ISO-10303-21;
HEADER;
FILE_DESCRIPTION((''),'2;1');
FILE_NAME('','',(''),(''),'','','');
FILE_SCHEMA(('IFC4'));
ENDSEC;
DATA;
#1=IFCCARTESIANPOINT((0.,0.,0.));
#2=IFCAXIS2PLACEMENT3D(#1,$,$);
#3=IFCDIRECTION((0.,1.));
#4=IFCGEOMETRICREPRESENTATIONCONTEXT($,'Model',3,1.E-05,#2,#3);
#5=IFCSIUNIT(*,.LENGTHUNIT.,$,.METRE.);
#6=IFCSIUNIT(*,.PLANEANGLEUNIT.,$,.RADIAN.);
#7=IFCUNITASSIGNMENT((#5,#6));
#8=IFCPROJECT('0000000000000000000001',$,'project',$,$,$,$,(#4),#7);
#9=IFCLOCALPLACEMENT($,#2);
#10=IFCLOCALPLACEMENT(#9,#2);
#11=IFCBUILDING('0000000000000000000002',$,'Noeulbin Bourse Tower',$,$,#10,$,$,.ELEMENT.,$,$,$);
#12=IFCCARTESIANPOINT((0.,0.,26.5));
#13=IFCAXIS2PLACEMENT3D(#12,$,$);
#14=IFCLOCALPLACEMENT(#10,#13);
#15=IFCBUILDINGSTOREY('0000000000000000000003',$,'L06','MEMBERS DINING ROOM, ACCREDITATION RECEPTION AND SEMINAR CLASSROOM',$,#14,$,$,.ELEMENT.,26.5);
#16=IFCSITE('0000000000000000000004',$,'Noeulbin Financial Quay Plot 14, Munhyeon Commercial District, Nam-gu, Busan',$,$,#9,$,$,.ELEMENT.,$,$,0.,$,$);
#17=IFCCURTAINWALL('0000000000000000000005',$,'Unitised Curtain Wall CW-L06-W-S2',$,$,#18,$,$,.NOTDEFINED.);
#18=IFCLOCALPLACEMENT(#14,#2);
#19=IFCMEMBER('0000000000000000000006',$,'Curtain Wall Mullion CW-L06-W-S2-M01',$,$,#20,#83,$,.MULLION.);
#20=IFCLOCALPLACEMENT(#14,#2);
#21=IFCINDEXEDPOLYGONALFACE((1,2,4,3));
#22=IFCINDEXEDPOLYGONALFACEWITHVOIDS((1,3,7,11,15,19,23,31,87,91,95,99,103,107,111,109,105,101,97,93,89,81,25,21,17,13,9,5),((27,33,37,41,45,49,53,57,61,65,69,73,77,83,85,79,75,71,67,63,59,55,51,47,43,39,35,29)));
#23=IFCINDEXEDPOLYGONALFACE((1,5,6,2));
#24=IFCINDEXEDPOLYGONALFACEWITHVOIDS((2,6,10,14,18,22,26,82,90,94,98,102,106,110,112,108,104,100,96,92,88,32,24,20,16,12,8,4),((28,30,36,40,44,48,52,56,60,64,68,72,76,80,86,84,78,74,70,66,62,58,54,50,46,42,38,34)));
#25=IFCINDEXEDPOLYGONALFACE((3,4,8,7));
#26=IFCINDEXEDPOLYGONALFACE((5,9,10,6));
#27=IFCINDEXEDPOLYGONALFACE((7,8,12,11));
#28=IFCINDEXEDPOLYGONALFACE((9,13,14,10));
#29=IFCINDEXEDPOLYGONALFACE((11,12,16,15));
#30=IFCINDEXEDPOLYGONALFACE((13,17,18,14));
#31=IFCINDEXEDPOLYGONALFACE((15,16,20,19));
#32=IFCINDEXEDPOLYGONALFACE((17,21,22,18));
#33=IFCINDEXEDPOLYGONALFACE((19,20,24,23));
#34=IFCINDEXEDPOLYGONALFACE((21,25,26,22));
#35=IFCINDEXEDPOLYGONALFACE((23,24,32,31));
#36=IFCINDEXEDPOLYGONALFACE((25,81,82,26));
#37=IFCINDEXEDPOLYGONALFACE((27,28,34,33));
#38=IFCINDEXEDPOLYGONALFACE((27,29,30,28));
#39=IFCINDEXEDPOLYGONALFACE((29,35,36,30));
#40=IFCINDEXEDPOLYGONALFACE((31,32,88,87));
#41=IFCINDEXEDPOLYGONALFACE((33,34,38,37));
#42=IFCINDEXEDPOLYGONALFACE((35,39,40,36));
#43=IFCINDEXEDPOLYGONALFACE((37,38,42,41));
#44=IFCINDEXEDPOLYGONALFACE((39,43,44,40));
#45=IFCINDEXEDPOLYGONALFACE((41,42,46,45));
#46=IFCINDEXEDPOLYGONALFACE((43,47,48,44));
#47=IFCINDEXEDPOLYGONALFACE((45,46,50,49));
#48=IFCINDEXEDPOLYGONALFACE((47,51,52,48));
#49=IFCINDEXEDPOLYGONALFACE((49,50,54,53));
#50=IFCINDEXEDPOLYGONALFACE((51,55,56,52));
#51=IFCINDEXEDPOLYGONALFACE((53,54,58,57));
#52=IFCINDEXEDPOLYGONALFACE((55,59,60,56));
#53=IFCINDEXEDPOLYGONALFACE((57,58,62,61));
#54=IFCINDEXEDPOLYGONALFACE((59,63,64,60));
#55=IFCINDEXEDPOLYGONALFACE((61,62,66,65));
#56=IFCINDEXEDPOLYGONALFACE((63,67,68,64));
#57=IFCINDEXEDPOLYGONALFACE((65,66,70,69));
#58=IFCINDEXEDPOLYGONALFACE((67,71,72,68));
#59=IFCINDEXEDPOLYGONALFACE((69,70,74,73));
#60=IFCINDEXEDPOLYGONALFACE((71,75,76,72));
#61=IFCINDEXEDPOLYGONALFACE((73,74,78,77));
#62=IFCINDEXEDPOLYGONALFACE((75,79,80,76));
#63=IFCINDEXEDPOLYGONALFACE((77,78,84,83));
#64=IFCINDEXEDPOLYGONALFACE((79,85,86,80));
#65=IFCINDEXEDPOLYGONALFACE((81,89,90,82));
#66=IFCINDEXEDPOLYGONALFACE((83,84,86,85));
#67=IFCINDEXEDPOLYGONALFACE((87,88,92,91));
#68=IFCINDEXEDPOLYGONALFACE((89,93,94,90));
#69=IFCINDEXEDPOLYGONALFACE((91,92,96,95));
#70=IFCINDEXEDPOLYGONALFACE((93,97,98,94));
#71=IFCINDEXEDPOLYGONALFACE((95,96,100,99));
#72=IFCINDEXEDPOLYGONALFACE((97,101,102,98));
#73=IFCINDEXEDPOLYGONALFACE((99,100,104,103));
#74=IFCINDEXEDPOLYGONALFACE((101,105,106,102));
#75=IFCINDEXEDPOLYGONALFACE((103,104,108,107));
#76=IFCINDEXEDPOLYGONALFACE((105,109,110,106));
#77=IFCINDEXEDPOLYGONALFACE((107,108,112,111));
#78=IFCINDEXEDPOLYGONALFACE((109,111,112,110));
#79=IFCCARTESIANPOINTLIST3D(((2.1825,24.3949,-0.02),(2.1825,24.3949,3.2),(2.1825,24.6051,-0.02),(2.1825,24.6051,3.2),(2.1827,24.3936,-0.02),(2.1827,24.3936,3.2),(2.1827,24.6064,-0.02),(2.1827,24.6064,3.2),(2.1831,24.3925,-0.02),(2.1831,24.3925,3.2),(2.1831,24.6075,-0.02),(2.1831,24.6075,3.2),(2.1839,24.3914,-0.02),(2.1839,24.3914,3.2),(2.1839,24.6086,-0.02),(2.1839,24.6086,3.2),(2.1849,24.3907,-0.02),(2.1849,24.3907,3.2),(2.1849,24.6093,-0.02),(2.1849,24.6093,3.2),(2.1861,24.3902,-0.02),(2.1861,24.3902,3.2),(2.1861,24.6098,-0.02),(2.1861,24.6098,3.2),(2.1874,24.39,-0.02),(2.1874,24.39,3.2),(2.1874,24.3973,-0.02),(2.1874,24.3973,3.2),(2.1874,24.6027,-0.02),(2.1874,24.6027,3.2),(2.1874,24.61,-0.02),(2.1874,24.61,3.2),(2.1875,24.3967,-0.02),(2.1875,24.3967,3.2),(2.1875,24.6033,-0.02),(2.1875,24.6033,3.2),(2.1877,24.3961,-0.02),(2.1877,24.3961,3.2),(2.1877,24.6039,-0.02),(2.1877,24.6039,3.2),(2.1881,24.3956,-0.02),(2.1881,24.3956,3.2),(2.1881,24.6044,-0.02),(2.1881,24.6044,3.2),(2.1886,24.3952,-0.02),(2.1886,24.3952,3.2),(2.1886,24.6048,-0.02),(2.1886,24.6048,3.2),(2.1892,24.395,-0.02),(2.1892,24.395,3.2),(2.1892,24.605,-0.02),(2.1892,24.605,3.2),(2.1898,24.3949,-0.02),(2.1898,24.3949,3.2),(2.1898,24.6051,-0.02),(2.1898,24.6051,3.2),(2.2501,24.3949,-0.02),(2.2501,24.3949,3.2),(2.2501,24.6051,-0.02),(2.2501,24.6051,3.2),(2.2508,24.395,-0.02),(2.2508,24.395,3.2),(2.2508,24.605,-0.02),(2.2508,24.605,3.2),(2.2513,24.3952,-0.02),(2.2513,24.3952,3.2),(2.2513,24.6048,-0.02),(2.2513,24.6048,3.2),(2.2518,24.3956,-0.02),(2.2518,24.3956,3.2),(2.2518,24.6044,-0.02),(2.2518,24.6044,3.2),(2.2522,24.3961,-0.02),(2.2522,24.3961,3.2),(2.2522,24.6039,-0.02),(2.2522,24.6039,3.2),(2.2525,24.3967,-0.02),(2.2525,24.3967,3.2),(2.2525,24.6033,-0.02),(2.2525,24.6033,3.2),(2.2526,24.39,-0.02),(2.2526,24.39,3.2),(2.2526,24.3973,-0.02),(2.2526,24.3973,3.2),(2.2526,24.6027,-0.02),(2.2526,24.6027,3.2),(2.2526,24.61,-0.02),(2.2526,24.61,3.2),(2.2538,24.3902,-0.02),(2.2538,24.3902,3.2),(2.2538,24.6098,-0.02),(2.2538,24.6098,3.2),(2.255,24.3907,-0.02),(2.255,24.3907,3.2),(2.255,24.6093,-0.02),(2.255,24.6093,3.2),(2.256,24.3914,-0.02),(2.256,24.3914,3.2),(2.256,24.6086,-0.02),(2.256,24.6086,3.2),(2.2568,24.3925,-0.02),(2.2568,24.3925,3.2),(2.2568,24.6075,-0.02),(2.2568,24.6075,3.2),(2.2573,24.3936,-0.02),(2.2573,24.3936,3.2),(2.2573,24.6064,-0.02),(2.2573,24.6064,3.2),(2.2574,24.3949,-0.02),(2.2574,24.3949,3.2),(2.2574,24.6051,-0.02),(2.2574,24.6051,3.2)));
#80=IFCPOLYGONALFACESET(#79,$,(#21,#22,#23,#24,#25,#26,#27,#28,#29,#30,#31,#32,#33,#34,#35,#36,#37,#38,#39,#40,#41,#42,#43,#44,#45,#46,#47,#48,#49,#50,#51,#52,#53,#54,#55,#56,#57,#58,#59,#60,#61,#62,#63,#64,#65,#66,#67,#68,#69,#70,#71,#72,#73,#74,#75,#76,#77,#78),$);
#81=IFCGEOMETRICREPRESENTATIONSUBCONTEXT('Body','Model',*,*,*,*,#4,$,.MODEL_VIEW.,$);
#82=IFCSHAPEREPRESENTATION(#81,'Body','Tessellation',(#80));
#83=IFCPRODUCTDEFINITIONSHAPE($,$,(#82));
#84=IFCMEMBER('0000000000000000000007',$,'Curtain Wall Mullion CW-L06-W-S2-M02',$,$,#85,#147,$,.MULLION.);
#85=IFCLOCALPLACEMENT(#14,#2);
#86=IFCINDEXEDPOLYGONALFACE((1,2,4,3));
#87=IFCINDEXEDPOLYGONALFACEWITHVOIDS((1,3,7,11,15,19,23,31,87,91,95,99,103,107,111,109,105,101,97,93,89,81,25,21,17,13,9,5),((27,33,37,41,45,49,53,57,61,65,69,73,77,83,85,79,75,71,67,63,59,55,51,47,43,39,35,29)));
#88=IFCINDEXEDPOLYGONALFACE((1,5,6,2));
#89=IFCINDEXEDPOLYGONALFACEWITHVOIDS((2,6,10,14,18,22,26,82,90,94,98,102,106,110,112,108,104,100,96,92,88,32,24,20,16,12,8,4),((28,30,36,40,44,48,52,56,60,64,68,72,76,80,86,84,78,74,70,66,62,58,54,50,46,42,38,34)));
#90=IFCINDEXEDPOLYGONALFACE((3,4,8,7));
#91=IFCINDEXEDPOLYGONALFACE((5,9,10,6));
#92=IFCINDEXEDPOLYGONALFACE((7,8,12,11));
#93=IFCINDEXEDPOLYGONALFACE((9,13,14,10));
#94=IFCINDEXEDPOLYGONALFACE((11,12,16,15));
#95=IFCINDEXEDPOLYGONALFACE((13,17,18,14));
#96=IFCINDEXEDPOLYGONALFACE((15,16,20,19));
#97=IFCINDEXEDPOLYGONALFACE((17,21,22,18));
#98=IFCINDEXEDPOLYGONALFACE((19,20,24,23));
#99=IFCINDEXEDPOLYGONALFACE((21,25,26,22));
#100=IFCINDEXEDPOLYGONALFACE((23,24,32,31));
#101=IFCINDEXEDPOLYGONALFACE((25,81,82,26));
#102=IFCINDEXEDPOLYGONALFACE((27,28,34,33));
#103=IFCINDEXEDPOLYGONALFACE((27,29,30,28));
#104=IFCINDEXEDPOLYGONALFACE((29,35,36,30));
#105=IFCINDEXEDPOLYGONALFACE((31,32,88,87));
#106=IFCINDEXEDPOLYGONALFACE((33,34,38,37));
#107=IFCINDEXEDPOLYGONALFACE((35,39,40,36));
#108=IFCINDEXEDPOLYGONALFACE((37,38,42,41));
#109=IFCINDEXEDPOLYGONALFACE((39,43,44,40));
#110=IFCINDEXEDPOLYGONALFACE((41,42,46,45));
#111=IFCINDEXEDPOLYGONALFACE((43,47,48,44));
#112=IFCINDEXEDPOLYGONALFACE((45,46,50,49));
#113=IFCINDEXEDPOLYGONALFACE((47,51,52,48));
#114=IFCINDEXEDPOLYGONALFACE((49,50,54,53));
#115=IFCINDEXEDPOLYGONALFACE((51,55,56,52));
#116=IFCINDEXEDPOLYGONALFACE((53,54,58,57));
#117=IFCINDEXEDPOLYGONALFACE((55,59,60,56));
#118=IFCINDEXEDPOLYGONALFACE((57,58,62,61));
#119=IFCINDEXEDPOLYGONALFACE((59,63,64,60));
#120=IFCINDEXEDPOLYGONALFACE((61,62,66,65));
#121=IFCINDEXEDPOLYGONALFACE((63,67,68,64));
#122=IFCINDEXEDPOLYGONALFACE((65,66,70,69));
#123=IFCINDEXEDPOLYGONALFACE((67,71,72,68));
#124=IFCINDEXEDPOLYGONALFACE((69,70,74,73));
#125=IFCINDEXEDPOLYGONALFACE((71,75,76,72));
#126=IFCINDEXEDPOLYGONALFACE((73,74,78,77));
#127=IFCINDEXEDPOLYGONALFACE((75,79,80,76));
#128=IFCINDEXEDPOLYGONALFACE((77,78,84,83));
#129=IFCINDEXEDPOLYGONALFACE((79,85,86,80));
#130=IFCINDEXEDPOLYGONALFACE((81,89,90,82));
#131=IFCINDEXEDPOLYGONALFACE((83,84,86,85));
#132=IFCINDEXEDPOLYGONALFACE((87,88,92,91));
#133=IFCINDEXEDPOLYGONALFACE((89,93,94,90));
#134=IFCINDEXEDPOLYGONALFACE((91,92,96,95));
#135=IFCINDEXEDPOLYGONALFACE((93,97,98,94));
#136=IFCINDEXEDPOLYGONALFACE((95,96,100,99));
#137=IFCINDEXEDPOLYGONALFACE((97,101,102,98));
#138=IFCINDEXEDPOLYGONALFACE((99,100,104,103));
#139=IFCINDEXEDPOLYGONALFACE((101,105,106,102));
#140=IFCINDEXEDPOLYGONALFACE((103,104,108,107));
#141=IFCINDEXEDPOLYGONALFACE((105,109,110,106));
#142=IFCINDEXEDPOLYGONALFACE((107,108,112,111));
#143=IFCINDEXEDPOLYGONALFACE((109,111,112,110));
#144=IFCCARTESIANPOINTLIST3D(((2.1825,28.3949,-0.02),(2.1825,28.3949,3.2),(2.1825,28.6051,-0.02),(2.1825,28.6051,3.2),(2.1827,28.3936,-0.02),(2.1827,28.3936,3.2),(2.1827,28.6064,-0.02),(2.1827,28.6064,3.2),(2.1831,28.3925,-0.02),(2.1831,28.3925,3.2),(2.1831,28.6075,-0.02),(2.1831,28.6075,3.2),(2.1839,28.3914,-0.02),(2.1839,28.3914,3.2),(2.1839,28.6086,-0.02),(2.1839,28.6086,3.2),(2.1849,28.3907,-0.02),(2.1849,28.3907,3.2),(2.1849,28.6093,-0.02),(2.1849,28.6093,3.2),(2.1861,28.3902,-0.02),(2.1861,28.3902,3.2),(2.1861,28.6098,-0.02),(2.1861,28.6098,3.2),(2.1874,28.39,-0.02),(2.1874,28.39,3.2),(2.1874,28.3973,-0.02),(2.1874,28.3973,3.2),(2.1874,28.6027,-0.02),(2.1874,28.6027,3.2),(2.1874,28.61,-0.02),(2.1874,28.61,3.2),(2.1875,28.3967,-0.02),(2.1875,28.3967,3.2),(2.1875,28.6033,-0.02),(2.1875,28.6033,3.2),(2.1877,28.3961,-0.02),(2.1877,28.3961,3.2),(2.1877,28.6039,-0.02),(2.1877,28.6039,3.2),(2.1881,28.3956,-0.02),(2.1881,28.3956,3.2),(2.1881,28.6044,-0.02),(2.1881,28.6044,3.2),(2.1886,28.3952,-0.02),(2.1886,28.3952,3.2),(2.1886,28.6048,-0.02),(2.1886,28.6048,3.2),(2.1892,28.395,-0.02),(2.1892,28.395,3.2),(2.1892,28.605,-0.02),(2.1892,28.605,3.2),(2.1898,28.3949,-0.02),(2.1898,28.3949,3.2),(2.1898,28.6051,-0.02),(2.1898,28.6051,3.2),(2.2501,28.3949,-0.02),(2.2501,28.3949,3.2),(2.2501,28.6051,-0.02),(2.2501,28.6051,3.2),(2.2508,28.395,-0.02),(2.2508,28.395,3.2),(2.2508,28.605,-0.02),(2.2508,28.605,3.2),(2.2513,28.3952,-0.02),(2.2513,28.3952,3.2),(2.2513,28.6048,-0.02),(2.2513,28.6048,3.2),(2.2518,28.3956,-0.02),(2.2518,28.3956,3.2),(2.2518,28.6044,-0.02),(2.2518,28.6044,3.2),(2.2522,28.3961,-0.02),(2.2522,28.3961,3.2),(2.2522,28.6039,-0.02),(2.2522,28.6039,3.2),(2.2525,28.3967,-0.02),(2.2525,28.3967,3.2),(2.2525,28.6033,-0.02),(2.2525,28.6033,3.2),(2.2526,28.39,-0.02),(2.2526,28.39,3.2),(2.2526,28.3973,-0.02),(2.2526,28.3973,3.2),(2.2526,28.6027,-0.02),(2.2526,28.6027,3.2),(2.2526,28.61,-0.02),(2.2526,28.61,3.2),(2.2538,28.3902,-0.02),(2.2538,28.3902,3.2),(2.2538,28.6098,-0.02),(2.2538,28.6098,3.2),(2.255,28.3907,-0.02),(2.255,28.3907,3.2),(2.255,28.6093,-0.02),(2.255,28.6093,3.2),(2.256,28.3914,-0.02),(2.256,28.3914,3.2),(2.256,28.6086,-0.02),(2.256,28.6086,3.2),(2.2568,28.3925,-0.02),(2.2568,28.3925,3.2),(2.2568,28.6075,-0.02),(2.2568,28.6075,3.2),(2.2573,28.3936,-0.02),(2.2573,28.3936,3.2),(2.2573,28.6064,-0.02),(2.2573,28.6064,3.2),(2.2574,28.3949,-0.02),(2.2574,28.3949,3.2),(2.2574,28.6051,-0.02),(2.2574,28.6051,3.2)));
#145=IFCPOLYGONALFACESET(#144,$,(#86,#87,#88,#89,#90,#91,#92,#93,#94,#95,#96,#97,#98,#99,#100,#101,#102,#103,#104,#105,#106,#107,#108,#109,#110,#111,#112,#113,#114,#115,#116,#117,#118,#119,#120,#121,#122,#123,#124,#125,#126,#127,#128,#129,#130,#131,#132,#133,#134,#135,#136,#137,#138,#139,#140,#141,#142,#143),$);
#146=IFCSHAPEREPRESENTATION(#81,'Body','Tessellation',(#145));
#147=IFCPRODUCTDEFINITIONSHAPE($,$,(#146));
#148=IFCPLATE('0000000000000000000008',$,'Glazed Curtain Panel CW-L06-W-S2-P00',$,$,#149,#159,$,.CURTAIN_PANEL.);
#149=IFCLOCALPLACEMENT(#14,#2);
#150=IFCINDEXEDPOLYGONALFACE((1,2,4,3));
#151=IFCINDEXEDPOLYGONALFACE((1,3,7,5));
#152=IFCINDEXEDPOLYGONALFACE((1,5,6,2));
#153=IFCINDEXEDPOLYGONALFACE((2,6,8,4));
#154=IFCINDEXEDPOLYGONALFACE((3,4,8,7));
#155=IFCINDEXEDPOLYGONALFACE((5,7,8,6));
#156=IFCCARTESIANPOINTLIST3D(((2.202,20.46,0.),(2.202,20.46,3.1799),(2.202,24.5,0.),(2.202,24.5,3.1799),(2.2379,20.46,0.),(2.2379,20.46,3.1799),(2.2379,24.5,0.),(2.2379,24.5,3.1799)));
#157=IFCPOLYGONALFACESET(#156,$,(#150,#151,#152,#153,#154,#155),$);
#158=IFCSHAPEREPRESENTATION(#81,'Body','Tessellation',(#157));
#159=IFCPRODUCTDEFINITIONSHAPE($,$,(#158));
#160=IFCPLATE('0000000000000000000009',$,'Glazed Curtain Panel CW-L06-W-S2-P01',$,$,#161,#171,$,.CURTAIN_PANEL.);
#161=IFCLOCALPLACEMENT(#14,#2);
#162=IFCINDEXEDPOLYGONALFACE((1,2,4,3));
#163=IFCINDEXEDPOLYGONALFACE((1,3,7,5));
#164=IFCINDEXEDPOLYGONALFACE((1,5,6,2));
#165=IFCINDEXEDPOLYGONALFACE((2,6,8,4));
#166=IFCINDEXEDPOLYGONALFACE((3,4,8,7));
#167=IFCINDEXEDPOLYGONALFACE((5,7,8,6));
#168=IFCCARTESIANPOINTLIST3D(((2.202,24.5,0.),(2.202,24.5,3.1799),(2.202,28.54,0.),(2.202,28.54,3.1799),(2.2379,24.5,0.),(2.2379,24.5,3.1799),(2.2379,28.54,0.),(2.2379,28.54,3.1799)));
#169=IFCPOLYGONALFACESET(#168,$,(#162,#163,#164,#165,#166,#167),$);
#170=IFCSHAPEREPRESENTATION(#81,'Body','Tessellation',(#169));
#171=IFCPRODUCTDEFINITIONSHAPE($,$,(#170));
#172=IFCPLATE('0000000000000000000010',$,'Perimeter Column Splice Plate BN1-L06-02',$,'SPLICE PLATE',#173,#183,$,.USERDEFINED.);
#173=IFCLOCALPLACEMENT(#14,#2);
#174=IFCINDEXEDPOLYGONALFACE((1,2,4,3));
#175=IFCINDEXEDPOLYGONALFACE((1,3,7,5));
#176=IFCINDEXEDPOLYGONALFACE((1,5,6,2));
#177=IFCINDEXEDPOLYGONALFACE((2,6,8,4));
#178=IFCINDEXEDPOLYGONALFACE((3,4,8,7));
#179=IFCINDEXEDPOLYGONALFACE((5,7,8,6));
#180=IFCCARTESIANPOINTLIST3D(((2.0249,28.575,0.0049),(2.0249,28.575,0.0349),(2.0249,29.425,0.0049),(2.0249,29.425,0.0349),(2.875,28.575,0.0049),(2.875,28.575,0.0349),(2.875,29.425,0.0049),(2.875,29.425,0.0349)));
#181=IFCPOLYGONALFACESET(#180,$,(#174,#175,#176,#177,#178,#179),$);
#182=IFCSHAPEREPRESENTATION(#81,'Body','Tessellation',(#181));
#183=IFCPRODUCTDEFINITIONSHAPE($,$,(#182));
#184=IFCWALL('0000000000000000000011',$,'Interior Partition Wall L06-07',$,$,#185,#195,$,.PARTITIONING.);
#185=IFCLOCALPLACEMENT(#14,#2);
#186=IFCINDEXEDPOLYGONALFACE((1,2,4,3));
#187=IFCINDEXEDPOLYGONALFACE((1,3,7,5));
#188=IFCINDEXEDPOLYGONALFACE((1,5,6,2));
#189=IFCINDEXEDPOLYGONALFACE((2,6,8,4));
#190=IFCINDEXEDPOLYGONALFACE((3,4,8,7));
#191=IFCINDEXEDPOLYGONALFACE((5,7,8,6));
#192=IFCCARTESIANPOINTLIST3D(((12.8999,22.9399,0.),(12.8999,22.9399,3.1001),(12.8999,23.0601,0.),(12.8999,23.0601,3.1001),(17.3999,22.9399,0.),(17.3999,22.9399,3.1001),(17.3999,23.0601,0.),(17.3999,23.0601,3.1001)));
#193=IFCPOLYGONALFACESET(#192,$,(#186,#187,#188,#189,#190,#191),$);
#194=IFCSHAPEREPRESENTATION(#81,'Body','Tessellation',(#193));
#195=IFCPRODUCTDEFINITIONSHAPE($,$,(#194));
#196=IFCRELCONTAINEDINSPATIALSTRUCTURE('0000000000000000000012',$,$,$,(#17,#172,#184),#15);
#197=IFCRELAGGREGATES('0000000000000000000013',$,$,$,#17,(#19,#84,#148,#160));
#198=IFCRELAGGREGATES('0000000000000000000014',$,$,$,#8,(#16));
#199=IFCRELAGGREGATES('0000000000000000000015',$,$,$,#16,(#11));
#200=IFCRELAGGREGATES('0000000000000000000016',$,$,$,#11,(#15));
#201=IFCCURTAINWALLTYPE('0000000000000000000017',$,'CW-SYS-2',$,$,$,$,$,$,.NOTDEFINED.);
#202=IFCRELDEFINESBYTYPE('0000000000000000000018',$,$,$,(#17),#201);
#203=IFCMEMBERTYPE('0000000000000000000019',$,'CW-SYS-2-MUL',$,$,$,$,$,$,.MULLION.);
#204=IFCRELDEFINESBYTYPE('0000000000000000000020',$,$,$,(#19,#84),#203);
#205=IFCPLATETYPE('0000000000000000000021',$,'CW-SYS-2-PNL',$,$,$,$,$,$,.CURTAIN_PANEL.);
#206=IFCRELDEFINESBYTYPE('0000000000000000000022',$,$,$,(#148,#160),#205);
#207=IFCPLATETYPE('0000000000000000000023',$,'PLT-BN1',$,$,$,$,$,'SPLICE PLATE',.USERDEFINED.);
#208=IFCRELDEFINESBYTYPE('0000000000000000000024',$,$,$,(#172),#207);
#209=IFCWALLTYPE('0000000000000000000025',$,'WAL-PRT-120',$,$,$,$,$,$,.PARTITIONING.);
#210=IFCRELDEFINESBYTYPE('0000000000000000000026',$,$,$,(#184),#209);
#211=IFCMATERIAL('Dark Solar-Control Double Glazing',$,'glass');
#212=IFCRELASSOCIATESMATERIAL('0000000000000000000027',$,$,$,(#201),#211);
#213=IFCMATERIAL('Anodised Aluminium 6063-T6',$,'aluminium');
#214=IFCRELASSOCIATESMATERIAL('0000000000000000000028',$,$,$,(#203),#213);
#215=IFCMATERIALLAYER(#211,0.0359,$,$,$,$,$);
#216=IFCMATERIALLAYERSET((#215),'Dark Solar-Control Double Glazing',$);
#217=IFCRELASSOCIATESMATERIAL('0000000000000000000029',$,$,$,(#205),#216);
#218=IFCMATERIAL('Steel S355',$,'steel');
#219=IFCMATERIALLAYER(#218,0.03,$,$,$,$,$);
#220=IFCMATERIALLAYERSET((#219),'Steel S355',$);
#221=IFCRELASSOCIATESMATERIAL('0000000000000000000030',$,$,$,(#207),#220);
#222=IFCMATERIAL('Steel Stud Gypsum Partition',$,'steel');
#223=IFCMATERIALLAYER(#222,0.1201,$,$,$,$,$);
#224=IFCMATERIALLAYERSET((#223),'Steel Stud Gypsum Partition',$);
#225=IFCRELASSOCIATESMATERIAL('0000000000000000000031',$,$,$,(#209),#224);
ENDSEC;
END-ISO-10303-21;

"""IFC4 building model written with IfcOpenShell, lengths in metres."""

from ifc_helpers import new_model, si_unit, direction, frame, frame_2d, origin, origin_2d, place, context, subcontext, project, spatial, rectangle, hollow_rectangle, extrude, material, layer, layer_set, material_profile, profile_set, type_object, element, aggregate, save


model = new_model("IFC4")

# Units and contexts
model_context = context("Model", 3, precision=1e-05, world=origin(), true_north=direction((0.0, 1.0)))
body_context = subcontext(model_context, "Body", "Model", "MODEL_VIEW")
ifc_project = project(units=[si_unit("LENGTHUNIT", "METRE"), si_unit("PLANEANGLEUNIT", "RADIAN")], contexts=[model_context])

# Site, building, storey
site_placement = place(None, origin())
site = spatial("IfcSite", under=ifc_project, at=site_placement, Name="Noeulbin Financial Quay Plot 14, Munhyeon Commercial District, Nam-gu, Busan", CompositionType="ELEMENT", RefElevation=0.0)
building_placement = place(site_placement, origin())
building = spatial("IfcBuilding", under=site, at=building_placement, Name="Noeulbin Bourse Tower", CompositionType="ELEMENT")
storey_placement = place(building_placement, frame((0.0, 0.0, 26.5)))
storey = spatial("IfcBuildingStorey", under=building, at=storey_placement, Name="L06", Description="MEMBERS DINING ROOM, ACCREDITATION RECEPTION AND SEMINAR CLASSROOM", CompositionType="ELEMENT", Elevation=26.5)

# Shared definitions
ifc_material_1 = material(Name="Steel S355", Category="steel")

# Curtain wall, members, plates
ifc_material_2 = material(Name="Dark Solar-Control Double Glazing", Category="glass")
curtain_wall_type = type_object("IfcCurtainWallType", Name="CW-SYS-2", PredefinedType="NOTDEFINED", material=ifc_material_2)
curtain_wall_placement = place(storey_placement, origin())
curtain_wall = element("IfcCurtainWall", 1, at=curtain_wall_placement, inside=storey, type_object=curtain_wall_type, Name="Unitised Curtain Wall CW-L06-W-S2", PredefinedType="NOTDEFINED")
ifc_material_3 = material(Name="Anodised Aluminium 6063-T6", Category="aluminium")
ifc_material_profile_1 = material_profile(ifc_material_3, hollow_rectangle(XDim=0.075, YDim=0.22, WallThickness=0.0049, InnerFilletRadius=0.0024, OuterFilletRadius=0.0049, at=origin_2d()), Name="ALU-MULL-75x220x5", Category="LoadBearing")
ifc_profile_set_1 = profile_set([ifc_material_profile_1], Name="Anodised Aluminium 6063-T6")
member_type = type_object("IfcMemberType", Name="CW-SYS-2-MUL", PredefinedType="MULLION", material=ifc_profile_set_1)
member_1_placement = place(storey_placement, frame((2.22, 24.5, -0.02), z_axis=(0.0, 0.0, 1.0), x_axis=(1.0, 0.0, 0.0)))
member_1 = element("IfcMember", 2, at=member_1_placement, type_object=member_type, Name="Curtain Wall Mullion CW-L06-W-S2-M01", PredefinedType="MULLION", context=body_context, shape_type="SweptSolid", body=[
    extrude(hollow_rectangle(XDim=0.075, YDim=0.22, WallThickness=0.0049, InnerFilletRadius=0.0024, OuterFilletRadius=0.0049, at=origin_2d()), origin(), (0.0, 0.0, 1.0), 3.22),
])
member_2_placement = place(storey_placement, frame((2.22, 28.5, -0.02), z_axis=(0.0, 0.0, 1.0), x_axis=(1.0, 0.0, 0.0)))
member_2 = element("IfcMember", 3, at=member_2_placement, type_object=member_type, Name="Curtain Wall Mullion CW-L06-W-S2-M02", PredefinedType="MULLION", context=body_context, shape_type="SweptSolid", body=[
    extrude(hollow_rectangle(XDim=0.075, YDim=0.22, WallThickness=0.0049, InnerFilletRadius=0.0024, OuterFilletRadius=0.0049, at=origin_2d()), origin(), (0.0, 0.0, 1.0), 3.22),
])
ifc_layer_1 = layer(ifc_material_2, 0.0359)
ifc_layer_set_1 = layer_set([ifc_layer_1], Name="Dark Solar-Control Double Glazing")
plate_type_1 = type_object("IfcPlateType", Name="CW-SYS-2-PNL", PredefinedType="CURTAIN_PANEL", material=ifc_layer_set_1)
plate_1_placement = place(storey_placement, frame((2.22, 22.48, 0.0), z_axis=(0.0, 0.0, 1.0), x_axis=(0.0, 1.0, 0.0)))
plate_1 = element("IfcPlate", 4, at=plate_1_placement, type_object=plate_type_1, Name="Glazed Curtain Panel CW-L06-W-S2-P00", PredefinedType="CURTAIN_PANEL", context=body_context, shape_type="SweptSolid", body=[
    extrude(rectangle(XDim=4.04, YDim=0.0359, at=origin_2d()), origin(), (0.0, 0.0, 1.0), 3.1799),
])
plate_2_placement = place(storey_placement, frame((2.22, 26.52, 0.0), z_axis=(0.0, 0.0, 1.0), x_axis=(0.0, 1.0, 0.0)))
plate_2 = element("IfcPlate", 5, at=plate_2_placement, type_object=plate_type_1, Name="Glazed Curtain Panel CW-L06-W-S2-P01", PredefinedType="CURTAIN_PANEL", context=body_context, shape_type="SweptSolid", body=[
    extrude(rectangle(XDim=4.04, YDim=0.0359, at=origin_2d()), origin(), (0.0, 0.0, 1.0), 3.1799),
])
aggregate(curtain_wall, [member_1, member_2, plate_1, plate_2])

# Plate
ifc_layer_2 = layer(ifc_material_1, 0.03)
ifc_layer_set_2 = layer_set([ifc_layer_2], Name="Steel S355")
plate_type_2 = type_object("IfcPlateType", Name="PLT-BN1", ElementType="SPLICE PLATE", PredefinedType="USERDEFINED", material=ifc_layer_set_2)
plate_3_placement = place(storey_placement, frame((2.45, 29.0, 0.0049), z_axis=(0.0, 0.0, 1.0), x_axis=(1.0, 0.0, 0.0)))
element("IfcPlate", 6, at=plate_3_placement, inside=storey, type_object=plate_type_2, Name="Perimeter Column Splice Plate BN1-L06-02", ObjectType="SPLICE PLATE", PredefinedType="USERDEFINED", context=body_context, shape_type="SweptSolid", body=[
    extrude(rectangle(XDim=0.8501, YDim=0.8501, at=origin_2d()), origin(), (0.0, 0.0, 1.0), 0.03),
])

# Wall
ifc_material_4 = material(Name="Steel Stud Gypsum Partition", Category="steel")
ifc_layer_3 = layer(ifc_material_4, 0.1201)
ifc_layer_set_3 = layer_set([ifc_layer_3], Name="Steel Stud Gypsum Partition")
wall_type_1 = type_object("IfcWallType", Name="WAL-PRT-120", PredefinedType="PARTITIONING", material=ifc_layer_set_3)
wall_1_placement = place(storey_placement, frame((12.8999, 23.0, 0.0), z_axis=(0.0, 0.0, 1.0), x_axis=(1.0, 0.0, 0.0)))
element("IfcWall", 7, at=wall_1_placement, inside=storey, type_object=wall_type_1, Name="Interior Partition Wall L06-07", PredefinedType="PARTITIONING", context=body_context, shape_type="SweptSolid", body=[
    extrude(rectangle(XDim=4.5, YDim=0.1201, at=frame_2d((2.25, 0.0))), origin(), (0.0, 0.0, 1.0), 3.1001),
])

save(model, "model.ifc")
